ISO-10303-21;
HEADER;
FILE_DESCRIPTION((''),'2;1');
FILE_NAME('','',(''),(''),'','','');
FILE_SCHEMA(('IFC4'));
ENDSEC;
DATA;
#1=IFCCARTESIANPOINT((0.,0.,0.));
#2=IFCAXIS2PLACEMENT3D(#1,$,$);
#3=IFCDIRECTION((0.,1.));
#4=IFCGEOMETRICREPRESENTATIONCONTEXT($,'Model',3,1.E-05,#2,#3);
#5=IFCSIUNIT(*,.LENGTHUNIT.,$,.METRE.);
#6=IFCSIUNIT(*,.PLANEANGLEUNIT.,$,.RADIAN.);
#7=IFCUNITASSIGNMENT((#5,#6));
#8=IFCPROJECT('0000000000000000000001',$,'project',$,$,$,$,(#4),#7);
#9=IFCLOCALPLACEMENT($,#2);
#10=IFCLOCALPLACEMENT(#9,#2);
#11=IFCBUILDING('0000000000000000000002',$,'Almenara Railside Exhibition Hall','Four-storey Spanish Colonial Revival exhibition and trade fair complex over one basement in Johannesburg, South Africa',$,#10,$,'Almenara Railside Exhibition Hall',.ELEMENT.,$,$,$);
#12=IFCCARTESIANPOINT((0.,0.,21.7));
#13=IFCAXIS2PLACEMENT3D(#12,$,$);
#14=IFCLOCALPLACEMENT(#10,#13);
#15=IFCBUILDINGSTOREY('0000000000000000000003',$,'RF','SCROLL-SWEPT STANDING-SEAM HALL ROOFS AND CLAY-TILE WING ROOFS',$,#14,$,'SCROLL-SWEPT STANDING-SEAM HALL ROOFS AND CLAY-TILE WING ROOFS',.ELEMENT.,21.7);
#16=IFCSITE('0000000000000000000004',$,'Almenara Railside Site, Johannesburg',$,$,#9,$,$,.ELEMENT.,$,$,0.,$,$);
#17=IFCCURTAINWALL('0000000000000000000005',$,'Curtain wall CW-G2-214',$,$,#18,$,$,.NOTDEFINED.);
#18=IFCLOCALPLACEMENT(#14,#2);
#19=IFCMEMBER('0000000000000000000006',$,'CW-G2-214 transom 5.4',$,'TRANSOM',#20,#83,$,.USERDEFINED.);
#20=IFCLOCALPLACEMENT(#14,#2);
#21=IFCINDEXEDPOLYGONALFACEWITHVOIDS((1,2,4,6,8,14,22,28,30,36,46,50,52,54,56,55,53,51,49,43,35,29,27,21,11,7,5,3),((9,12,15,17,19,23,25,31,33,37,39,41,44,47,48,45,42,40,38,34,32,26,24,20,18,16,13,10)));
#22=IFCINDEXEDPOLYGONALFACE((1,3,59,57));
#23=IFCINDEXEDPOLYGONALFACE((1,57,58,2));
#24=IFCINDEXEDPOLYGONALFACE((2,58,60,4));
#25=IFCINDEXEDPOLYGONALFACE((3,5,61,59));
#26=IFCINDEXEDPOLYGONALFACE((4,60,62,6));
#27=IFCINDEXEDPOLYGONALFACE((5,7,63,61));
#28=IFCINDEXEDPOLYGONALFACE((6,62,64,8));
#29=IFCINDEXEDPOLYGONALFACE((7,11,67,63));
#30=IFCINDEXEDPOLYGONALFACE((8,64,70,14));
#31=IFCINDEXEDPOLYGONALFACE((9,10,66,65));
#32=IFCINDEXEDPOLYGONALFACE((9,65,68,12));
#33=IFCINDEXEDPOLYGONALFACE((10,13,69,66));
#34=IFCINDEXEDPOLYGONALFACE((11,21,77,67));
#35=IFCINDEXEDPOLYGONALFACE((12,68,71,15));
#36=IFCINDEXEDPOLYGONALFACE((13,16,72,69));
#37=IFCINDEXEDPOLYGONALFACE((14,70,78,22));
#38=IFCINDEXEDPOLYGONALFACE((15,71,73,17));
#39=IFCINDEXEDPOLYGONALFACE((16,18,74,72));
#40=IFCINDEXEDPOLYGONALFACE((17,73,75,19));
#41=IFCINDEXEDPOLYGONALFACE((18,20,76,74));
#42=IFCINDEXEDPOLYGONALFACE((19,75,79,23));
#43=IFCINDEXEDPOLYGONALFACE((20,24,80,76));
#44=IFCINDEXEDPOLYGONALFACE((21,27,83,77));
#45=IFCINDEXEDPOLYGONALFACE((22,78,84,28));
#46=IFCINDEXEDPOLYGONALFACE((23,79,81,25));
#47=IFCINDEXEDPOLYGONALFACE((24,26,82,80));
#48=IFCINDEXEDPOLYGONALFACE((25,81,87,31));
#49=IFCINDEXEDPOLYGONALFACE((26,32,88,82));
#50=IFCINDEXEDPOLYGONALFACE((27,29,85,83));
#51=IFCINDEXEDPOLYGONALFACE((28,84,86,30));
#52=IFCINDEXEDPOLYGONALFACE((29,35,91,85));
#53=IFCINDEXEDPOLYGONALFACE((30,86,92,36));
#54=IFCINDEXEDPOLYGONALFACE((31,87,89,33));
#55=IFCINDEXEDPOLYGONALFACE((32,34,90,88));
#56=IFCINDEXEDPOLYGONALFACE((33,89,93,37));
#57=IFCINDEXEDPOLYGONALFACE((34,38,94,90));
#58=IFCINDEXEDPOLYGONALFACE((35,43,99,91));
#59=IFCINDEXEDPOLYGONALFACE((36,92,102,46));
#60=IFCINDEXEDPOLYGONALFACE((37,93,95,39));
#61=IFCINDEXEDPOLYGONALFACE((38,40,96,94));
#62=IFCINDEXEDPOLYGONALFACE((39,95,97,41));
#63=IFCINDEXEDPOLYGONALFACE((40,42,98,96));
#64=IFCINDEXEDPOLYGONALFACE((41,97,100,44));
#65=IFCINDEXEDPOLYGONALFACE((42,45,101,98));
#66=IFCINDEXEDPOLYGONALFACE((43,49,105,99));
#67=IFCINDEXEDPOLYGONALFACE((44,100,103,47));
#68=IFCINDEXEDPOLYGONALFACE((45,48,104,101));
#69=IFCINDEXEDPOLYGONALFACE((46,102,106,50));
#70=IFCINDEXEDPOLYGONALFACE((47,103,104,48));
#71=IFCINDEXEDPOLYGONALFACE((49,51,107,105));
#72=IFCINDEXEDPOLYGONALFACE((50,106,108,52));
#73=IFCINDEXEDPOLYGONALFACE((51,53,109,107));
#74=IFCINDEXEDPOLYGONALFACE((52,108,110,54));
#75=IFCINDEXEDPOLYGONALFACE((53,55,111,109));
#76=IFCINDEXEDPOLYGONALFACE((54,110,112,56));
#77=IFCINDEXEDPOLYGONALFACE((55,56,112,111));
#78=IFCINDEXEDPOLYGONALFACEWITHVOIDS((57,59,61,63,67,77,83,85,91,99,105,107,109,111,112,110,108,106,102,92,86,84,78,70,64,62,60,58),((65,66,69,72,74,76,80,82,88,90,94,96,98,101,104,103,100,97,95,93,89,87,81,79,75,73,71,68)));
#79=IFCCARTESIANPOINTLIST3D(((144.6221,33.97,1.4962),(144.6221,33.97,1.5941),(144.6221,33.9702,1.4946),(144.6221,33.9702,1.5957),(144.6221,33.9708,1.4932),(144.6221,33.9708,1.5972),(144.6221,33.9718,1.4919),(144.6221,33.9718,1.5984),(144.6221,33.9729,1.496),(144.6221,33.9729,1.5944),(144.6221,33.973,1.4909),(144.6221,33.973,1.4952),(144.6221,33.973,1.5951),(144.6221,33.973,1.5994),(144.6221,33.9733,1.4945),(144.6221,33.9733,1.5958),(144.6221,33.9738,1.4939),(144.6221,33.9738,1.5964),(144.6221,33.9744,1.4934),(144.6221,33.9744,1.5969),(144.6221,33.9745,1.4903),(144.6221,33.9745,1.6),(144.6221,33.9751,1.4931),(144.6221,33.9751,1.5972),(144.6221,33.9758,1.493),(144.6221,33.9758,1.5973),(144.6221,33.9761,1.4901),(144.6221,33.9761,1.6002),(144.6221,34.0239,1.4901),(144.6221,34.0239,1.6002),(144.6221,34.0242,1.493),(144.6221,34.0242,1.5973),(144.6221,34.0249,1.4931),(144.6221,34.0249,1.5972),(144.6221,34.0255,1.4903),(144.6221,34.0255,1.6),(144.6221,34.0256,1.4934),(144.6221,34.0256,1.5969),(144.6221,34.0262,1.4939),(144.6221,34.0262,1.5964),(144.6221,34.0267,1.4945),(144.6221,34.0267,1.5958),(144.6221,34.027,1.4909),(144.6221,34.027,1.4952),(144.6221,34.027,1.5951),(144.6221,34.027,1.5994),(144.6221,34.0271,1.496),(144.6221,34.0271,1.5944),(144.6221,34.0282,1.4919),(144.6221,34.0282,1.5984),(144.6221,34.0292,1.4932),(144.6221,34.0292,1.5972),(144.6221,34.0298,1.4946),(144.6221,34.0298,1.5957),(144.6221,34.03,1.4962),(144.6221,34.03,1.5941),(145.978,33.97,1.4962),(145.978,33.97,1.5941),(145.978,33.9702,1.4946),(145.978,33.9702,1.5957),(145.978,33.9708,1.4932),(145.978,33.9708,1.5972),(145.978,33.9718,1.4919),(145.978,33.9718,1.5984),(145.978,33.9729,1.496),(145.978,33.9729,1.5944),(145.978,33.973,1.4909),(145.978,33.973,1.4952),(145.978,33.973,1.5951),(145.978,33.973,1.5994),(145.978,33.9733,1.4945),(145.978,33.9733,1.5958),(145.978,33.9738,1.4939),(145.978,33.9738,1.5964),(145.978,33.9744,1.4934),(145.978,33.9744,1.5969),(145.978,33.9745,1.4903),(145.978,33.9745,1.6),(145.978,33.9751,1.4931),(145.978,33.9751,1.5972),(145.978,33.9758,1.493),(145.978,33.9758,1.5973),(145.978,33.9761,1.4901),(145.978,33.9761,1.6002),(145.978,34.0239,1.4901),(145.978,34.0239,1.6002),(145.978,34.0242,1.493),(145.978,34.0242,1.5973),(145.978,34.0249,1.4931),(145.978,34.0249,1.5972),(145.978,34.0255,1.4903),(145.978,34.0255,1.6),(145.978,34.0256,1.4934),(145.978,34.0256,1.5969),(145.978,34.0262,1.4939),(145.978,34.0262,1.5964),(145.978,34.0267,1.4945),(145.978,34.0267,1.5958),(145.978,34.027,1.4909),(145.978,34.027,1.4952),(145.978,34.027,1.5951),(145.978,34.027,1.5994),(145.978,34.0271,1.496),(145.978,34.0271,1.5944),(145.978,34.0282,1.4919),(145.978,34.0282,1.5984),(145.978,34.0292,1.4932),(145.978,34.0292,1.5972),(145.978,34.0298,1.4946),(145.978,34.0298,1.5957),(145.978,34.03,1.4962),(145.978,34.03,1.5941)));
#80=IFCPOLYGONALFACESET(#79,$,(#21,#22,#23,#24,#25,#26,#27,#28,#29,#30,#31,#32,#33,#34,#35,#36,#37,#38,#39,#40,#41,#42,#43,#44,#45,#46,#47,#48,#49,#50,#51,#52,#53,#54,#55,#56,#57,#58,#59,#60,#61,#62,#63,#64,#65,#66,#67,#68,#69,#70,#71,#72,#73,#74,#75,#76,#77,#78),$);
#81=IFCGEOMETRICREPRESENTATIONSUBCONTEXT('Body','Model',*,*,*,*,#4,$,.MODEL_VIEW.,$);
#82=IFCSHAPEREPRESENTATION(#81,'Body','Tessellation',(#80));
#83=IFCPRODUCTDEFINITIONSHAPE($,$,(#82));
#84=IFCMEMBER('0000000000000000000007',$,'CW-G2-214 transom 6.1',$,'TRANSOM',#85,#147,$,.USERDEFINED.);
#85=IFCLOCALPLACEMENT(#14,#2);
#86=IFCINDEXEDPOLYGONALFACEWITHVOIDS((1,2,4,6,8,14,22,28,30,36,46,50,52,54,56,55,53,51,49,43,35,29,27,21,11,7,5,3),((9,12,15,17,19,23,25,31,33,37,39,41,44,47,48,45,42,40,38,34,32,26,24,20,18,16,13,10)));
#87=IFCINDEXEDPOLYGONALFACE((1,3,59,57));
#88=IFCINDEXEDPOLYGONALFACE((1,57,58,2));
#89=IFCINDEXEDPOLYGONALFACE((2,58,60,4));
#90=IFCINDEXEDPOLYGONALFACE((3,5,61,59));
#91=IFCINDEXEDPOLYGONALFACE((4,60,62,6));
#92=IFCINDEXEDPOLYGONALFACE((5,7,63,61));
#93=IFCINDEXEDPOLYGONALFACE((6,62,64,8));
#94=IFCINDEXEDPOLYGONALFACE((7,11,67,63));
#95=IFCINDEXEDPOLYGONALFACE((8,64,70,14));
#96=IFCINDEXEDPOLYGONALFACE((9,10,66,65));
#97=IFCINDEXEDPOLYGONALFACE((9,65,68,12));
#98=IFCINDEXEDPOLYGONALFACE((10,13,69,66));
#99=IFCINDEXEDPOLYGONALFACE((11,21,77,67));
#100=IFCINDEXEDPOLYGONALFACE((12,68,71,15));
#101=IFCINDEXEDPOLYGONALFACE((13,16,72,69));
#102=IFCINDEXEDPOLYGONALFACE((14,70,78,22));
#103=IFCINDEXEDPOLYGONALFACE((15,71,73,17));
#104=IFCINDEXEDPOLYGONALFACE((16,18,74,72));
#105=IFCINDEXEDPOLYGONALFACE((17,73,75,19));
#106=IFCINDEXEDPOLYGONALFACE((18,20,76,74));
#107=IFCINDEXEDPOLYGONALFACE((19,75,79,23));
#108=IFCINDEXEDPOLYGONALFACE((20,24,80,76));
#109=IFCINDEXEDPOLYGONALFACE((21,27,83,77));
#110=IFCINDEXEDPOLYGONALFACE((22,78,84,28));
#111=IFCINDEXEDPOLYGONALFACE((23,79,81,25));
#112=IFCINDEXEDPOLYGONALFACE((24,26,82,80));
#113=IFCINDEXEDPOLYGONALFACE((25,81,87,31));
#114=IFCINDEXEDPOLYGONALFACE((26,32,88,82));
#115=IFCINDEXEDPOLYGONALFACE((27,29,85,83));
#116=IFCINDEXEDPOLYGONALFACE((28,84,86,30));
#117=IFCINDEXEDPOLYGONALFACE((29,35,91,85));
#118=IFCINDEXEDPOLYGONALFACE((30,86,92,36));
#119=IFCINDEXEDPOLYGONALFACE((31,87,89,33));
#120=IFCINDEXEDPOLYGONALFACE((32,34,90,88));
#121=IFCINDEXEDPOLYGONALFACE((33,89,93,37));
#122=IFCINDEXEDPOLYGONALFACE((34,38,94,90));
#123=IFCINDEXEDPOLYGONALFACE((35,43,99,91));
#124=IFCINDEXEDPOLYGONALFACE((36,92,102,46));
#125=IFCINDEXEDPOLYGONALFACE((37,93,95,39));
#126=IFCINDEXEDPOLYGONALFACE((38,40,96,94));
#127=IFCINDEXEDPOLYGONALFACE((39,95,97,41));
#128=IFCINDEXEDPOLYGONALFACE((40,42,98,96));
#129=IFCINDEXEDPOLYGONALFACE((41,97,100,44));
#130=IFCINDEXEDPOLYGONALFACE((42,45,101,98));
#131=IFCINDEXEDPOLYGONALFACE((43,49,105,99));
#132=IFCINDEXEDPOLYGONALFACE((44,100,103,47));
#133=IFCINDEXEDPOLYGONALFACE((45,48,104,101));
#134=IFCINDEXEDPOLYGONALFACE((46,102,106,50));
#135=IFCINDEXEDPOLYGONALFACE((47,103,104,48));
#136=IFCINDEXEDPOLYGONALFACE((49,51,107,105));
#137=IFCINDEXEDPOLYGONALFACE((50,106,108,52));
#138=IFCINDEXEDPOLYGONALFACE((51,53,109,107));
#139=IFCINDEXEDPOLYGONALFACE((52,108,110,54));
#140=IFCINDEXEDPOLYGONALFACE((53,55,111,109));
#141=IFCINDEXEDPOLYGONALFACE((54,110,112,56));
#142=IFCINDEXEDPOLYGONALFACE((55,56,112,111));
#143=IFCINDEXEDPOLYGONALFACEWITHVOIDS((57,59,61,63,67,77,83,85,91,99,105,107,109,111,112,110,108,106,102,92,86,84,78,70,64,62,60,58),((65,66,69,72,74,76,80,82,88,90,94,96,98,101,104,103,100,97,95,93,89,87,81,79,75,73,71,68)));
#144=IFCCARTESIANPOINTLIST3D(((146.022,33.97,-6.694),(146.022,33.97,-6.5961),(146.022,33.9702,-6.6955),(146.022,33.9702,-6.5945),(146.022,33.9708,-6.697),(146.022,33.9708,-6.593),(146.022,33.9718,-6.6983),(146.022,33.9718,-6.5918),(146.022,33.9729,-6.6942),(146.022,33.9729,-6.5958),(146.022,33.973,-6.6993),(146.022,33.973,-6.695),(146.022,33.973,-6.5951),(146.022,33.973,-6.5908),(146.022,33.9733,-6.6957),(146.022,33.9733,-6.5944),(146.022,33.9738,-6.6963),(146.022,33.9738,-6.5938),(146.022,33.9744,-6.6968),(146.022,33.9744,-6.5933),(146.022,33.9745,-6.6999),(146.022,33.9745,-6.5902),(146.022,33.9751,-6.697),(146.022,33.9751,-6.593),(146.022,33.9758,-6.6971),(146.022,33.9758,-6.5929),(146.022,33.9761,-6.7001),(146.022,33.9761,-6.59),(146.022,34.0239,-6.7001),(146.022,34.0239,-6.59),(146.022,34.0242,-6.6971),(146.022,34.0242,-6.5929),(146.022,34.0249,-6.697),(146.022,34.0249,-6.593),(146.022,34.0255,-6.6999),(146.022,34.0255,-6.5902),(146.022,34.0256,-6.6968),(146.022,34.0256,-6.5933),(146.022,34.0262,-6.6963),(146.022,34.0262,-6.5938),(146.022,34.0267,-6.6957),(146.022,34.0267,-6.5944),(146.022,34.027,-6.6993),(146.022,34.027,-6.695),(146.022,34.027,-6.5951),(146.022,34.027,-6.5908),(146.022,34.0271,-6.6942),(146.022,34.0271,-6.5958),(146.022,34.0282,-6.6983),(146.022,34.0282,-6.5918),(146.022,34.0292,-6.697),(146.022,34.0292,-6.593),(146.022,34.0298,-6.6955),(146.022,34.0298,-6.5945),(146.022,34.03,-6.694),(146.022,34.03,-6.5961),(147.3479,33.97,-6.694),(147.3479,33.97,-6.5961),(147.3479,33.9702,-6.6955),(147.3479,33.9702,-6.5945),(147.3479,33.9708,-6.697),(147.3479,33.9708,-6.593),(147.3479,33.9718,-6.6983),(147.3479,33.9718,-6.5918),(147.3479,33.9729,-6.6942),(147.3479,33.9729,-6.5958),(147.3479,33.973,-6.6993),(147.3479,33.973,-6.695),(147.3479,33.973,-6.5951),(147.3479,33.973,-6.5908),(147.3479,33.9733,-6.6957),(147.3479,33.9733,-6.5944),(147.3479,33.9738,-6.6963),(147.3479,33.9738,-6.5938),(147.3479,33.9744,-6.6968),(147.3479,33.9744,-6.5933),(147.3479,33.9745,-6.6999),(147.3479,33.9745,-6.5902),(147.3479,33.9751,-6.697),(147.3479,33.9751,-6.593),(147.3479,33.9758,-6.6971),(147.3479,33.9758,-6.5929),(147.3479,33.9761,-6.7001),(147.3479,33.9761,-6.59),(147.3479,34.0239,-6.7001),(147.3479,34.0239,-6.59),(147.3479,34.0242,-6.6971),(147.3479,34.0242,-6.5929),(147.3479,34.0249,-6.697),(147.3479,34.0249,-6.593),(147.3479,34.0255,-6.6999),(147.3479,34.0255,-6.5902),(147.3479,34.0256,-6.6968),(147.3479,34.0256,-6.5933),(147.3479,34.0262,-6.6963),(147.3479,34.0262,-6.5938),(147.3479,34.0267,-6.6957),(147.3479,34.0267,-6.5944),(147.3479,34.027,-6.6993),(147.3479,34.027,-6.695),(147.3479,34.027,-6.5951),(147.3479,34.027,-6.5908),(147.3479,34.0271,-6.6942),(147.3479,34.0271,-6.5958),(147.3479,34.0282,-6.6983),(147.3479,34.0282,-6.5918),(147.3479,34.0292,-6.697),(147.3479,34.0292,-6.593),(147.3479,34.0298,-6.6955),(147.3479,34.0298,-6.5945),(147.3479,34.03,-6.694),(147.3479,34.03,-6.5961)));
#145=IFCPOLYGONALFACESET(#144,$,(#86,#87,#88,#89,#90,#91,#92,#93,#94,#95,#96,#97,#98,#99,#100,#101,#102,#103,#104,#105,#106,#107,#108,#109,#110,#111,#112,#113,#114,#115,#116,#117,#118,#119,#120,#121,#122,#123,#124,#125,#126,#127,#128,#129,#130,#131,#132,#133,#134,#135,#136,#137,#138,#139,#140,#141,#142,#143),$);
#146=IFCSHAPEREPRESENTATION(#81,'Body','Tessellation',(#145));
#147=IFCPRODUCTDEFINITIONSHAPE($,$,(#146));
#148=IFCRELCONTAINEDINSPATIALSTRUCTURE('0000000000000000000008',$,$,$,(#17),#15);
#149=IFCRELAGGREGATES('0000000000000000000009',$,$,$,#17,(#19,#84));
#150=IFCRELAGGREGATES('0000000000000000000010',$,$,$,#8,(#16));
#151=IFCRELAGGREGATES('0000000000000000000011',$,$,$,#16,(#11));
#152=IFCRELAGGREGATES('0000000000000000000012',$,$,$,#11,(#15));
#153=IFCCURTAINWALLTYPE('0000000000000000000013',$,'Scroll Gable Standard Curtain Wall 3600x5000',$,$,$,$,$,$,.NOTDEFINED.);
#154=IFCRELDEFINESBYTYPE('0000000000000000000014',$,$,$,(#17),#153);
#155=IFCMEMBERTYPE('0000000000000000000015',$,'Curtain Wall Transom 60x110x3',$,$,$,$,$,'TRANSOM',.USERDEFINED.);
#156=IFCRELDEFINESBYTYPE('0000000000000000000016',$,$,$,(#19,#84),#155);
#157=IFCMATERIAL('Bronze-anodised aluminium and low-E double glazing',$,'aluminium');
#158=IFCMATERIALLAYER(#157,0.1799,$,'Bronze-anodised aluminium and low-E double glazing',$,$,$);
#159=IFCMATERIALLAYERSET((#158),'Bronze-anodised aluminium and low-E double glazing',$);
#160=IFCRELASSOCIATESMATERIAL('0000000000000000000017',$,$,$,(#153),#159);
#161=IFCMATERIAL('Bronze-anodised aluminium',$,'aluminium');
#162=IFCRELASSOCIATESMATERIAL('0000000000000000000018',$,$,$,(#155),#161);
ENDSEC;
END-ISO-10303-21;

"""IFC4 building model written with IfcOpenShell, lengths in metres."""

from ifc_helpers import new_model, si_unit, direction, frame, origin, origin_2d, place, context, subcontext, project, spatial, hollow_rectangle, extrude, material, layer, layer_set, material_profile, profile_set, type_object, element, aggregate, save


model = new_model("IFC4")

# Units and contexts
model_context = context("Model", 3, precision=1e-05, world=origin(), true_north=direction((0.0, 1.0)))
body_context = subcontext(model_context, "Body", "Model", "MODEL_VIEW")
ifc_project = project(units=[si_unit("LENGTHUNIT", "METRE"), si_unit("PLANEANGLEUNIT", "RADIAN")], contexts=[model_context])

# Site, building, storey
site_placement = place(None, origin())
site = spatial("IfcSite", under=ifc_project, at=site_placement, Name="Almenara Railside Site, Johannesburg", CompositionType="ELEMENT", RefElevation=0.0)
building_placement = place(site_placement, origin())
building = spatial("IfcBuilding", under=site, at=building_placement, Name="Almenara Railside Exhibition Hall", Description="Four-storey Spanish Colonial Revival exhibition and trade fair complex over one basement in Johannesburg, South Africa", LongName="Almenara Railside Exhibition Hall", CompositionType="ELEMENT")
storey_placement = place(building_placement, frame((0.0, 0.0, 21.7)))
storey = spatial("IfcBuildingStorey", under=building, at=storey_placement, Name="RF", Description="SCROLL-SWEPT STANDING-SEAM HALL ROOFS AND CLAY-TILE WING ROOFS", LongName="SCROLL-SWEPT STANDING-SEAM HALL ROOFS AND CLAY-TILE WING ROOFS", CompositionType="ELEMENT", Elevation=21.7)

# Curtain wall, members
ifc_material_1 = material(Name="Bronze-anodised aluminium and low-E double glazing", Category="aluminium")
ifc_layer_1 = layer(ifc_material_1, 0.1799, Name="Bronze-anodised aluminium and low-E double glazing")
ifc_layer_set_1 = layer_set([ifc_layer_1], Name="Bronze-anodised aluminium and low-E double glazing")
curtain_wall_type = type_object("IfcCurtainWallType", Name="Scroll Gable Standard Curtain Wall 3600x5000", PredefinedType="NOTDEFINED", material=ifc_layer_set_1)
curtain_wall_placement = place(storey_placement, origin())
curtain_wall = element("IfcCurtainWall", 1, at=curtain_wall_placement, inside=storey, type_object=curtain_wall_type, Name="Curtain wall CW-G2-214", PredefinedType="NOTDEFINED")
ifc_material_2 = material(Name="Bronze-anodised aluminium", Category="aluminium")
ifc_material_profile_1 = material_profile(ifc_material_2, hollow_rectangle(XDim=0.0601, YDim=0.1101, WallThickness=0.0029, InnerFilletRadius=0.0029, OuterFilletRadius=0.0061, at=origin_2d()), Name="ALU-TRN 60x110x3")
ifc_profile_set_1 = profile_set([ifc_material_profile_1], Name="Bronze-anodised aluminium")
member_type_1 = type_object("IfcMemberType", Name="Curtain Wall Transom 60x110x3", ElementType="TRANSOM", PredefinedType="USERDEFINED", material=ifc_profile_set_1)
member_1_placement = place(storey_placement, frame((144.6221, 34.0, 1.5452), z_axis=(1.0, 0.0, 0.0), x_axis=(0.0, 1.0, 0.0)))
member_1 = element("IfcMember", 2, at=member_1_placement, type_object=member_type_1, Name="CW-G2-214 transom 5.4", ObjectType="TRANSOM", PredefinedType="USERDEFINED", context=body_context, shape_type="SweptSolid", body=[
    extrude(hollow_rectangle(XDim=0.0601, YDim=0.1101, WallThickness=0.0029, InnerFilletRadius=0.0029, OuterFilletRadius=0.0061, at=origin_2d()), origin(), (0.0, 0.0, 1.0), 1.356),
])
member_2_placement = place(storey_placement, frame((146.022, 34.0, -6.645), z_axis=(1.0, 0.0, 0.0), x_axis=(0.0, 1.0, 0.0)))
member_2 = element("IfcMember", 3, at=member_2_placement, type_object=member_type_1, Name="CW-G2-214 transom 6.1", ObjectType="TRANSOM", PredefinedType="USERDEFINED", context=body_context, shape_type="SweptSolid", body=[
    extrude(hollow_rectangle(XDim=0.0601, YDim=0.1101, WallThickness=0.0029, InnerFilletRadius=0.0029, OuterFilletRadius=0.0061, at=origin_2d()), origin(), (0.0, 0.0, 1.0), 1.3259),
])

aggregate(curtain_wall, [member_1, member_2])

save(model, "model.ifc")
